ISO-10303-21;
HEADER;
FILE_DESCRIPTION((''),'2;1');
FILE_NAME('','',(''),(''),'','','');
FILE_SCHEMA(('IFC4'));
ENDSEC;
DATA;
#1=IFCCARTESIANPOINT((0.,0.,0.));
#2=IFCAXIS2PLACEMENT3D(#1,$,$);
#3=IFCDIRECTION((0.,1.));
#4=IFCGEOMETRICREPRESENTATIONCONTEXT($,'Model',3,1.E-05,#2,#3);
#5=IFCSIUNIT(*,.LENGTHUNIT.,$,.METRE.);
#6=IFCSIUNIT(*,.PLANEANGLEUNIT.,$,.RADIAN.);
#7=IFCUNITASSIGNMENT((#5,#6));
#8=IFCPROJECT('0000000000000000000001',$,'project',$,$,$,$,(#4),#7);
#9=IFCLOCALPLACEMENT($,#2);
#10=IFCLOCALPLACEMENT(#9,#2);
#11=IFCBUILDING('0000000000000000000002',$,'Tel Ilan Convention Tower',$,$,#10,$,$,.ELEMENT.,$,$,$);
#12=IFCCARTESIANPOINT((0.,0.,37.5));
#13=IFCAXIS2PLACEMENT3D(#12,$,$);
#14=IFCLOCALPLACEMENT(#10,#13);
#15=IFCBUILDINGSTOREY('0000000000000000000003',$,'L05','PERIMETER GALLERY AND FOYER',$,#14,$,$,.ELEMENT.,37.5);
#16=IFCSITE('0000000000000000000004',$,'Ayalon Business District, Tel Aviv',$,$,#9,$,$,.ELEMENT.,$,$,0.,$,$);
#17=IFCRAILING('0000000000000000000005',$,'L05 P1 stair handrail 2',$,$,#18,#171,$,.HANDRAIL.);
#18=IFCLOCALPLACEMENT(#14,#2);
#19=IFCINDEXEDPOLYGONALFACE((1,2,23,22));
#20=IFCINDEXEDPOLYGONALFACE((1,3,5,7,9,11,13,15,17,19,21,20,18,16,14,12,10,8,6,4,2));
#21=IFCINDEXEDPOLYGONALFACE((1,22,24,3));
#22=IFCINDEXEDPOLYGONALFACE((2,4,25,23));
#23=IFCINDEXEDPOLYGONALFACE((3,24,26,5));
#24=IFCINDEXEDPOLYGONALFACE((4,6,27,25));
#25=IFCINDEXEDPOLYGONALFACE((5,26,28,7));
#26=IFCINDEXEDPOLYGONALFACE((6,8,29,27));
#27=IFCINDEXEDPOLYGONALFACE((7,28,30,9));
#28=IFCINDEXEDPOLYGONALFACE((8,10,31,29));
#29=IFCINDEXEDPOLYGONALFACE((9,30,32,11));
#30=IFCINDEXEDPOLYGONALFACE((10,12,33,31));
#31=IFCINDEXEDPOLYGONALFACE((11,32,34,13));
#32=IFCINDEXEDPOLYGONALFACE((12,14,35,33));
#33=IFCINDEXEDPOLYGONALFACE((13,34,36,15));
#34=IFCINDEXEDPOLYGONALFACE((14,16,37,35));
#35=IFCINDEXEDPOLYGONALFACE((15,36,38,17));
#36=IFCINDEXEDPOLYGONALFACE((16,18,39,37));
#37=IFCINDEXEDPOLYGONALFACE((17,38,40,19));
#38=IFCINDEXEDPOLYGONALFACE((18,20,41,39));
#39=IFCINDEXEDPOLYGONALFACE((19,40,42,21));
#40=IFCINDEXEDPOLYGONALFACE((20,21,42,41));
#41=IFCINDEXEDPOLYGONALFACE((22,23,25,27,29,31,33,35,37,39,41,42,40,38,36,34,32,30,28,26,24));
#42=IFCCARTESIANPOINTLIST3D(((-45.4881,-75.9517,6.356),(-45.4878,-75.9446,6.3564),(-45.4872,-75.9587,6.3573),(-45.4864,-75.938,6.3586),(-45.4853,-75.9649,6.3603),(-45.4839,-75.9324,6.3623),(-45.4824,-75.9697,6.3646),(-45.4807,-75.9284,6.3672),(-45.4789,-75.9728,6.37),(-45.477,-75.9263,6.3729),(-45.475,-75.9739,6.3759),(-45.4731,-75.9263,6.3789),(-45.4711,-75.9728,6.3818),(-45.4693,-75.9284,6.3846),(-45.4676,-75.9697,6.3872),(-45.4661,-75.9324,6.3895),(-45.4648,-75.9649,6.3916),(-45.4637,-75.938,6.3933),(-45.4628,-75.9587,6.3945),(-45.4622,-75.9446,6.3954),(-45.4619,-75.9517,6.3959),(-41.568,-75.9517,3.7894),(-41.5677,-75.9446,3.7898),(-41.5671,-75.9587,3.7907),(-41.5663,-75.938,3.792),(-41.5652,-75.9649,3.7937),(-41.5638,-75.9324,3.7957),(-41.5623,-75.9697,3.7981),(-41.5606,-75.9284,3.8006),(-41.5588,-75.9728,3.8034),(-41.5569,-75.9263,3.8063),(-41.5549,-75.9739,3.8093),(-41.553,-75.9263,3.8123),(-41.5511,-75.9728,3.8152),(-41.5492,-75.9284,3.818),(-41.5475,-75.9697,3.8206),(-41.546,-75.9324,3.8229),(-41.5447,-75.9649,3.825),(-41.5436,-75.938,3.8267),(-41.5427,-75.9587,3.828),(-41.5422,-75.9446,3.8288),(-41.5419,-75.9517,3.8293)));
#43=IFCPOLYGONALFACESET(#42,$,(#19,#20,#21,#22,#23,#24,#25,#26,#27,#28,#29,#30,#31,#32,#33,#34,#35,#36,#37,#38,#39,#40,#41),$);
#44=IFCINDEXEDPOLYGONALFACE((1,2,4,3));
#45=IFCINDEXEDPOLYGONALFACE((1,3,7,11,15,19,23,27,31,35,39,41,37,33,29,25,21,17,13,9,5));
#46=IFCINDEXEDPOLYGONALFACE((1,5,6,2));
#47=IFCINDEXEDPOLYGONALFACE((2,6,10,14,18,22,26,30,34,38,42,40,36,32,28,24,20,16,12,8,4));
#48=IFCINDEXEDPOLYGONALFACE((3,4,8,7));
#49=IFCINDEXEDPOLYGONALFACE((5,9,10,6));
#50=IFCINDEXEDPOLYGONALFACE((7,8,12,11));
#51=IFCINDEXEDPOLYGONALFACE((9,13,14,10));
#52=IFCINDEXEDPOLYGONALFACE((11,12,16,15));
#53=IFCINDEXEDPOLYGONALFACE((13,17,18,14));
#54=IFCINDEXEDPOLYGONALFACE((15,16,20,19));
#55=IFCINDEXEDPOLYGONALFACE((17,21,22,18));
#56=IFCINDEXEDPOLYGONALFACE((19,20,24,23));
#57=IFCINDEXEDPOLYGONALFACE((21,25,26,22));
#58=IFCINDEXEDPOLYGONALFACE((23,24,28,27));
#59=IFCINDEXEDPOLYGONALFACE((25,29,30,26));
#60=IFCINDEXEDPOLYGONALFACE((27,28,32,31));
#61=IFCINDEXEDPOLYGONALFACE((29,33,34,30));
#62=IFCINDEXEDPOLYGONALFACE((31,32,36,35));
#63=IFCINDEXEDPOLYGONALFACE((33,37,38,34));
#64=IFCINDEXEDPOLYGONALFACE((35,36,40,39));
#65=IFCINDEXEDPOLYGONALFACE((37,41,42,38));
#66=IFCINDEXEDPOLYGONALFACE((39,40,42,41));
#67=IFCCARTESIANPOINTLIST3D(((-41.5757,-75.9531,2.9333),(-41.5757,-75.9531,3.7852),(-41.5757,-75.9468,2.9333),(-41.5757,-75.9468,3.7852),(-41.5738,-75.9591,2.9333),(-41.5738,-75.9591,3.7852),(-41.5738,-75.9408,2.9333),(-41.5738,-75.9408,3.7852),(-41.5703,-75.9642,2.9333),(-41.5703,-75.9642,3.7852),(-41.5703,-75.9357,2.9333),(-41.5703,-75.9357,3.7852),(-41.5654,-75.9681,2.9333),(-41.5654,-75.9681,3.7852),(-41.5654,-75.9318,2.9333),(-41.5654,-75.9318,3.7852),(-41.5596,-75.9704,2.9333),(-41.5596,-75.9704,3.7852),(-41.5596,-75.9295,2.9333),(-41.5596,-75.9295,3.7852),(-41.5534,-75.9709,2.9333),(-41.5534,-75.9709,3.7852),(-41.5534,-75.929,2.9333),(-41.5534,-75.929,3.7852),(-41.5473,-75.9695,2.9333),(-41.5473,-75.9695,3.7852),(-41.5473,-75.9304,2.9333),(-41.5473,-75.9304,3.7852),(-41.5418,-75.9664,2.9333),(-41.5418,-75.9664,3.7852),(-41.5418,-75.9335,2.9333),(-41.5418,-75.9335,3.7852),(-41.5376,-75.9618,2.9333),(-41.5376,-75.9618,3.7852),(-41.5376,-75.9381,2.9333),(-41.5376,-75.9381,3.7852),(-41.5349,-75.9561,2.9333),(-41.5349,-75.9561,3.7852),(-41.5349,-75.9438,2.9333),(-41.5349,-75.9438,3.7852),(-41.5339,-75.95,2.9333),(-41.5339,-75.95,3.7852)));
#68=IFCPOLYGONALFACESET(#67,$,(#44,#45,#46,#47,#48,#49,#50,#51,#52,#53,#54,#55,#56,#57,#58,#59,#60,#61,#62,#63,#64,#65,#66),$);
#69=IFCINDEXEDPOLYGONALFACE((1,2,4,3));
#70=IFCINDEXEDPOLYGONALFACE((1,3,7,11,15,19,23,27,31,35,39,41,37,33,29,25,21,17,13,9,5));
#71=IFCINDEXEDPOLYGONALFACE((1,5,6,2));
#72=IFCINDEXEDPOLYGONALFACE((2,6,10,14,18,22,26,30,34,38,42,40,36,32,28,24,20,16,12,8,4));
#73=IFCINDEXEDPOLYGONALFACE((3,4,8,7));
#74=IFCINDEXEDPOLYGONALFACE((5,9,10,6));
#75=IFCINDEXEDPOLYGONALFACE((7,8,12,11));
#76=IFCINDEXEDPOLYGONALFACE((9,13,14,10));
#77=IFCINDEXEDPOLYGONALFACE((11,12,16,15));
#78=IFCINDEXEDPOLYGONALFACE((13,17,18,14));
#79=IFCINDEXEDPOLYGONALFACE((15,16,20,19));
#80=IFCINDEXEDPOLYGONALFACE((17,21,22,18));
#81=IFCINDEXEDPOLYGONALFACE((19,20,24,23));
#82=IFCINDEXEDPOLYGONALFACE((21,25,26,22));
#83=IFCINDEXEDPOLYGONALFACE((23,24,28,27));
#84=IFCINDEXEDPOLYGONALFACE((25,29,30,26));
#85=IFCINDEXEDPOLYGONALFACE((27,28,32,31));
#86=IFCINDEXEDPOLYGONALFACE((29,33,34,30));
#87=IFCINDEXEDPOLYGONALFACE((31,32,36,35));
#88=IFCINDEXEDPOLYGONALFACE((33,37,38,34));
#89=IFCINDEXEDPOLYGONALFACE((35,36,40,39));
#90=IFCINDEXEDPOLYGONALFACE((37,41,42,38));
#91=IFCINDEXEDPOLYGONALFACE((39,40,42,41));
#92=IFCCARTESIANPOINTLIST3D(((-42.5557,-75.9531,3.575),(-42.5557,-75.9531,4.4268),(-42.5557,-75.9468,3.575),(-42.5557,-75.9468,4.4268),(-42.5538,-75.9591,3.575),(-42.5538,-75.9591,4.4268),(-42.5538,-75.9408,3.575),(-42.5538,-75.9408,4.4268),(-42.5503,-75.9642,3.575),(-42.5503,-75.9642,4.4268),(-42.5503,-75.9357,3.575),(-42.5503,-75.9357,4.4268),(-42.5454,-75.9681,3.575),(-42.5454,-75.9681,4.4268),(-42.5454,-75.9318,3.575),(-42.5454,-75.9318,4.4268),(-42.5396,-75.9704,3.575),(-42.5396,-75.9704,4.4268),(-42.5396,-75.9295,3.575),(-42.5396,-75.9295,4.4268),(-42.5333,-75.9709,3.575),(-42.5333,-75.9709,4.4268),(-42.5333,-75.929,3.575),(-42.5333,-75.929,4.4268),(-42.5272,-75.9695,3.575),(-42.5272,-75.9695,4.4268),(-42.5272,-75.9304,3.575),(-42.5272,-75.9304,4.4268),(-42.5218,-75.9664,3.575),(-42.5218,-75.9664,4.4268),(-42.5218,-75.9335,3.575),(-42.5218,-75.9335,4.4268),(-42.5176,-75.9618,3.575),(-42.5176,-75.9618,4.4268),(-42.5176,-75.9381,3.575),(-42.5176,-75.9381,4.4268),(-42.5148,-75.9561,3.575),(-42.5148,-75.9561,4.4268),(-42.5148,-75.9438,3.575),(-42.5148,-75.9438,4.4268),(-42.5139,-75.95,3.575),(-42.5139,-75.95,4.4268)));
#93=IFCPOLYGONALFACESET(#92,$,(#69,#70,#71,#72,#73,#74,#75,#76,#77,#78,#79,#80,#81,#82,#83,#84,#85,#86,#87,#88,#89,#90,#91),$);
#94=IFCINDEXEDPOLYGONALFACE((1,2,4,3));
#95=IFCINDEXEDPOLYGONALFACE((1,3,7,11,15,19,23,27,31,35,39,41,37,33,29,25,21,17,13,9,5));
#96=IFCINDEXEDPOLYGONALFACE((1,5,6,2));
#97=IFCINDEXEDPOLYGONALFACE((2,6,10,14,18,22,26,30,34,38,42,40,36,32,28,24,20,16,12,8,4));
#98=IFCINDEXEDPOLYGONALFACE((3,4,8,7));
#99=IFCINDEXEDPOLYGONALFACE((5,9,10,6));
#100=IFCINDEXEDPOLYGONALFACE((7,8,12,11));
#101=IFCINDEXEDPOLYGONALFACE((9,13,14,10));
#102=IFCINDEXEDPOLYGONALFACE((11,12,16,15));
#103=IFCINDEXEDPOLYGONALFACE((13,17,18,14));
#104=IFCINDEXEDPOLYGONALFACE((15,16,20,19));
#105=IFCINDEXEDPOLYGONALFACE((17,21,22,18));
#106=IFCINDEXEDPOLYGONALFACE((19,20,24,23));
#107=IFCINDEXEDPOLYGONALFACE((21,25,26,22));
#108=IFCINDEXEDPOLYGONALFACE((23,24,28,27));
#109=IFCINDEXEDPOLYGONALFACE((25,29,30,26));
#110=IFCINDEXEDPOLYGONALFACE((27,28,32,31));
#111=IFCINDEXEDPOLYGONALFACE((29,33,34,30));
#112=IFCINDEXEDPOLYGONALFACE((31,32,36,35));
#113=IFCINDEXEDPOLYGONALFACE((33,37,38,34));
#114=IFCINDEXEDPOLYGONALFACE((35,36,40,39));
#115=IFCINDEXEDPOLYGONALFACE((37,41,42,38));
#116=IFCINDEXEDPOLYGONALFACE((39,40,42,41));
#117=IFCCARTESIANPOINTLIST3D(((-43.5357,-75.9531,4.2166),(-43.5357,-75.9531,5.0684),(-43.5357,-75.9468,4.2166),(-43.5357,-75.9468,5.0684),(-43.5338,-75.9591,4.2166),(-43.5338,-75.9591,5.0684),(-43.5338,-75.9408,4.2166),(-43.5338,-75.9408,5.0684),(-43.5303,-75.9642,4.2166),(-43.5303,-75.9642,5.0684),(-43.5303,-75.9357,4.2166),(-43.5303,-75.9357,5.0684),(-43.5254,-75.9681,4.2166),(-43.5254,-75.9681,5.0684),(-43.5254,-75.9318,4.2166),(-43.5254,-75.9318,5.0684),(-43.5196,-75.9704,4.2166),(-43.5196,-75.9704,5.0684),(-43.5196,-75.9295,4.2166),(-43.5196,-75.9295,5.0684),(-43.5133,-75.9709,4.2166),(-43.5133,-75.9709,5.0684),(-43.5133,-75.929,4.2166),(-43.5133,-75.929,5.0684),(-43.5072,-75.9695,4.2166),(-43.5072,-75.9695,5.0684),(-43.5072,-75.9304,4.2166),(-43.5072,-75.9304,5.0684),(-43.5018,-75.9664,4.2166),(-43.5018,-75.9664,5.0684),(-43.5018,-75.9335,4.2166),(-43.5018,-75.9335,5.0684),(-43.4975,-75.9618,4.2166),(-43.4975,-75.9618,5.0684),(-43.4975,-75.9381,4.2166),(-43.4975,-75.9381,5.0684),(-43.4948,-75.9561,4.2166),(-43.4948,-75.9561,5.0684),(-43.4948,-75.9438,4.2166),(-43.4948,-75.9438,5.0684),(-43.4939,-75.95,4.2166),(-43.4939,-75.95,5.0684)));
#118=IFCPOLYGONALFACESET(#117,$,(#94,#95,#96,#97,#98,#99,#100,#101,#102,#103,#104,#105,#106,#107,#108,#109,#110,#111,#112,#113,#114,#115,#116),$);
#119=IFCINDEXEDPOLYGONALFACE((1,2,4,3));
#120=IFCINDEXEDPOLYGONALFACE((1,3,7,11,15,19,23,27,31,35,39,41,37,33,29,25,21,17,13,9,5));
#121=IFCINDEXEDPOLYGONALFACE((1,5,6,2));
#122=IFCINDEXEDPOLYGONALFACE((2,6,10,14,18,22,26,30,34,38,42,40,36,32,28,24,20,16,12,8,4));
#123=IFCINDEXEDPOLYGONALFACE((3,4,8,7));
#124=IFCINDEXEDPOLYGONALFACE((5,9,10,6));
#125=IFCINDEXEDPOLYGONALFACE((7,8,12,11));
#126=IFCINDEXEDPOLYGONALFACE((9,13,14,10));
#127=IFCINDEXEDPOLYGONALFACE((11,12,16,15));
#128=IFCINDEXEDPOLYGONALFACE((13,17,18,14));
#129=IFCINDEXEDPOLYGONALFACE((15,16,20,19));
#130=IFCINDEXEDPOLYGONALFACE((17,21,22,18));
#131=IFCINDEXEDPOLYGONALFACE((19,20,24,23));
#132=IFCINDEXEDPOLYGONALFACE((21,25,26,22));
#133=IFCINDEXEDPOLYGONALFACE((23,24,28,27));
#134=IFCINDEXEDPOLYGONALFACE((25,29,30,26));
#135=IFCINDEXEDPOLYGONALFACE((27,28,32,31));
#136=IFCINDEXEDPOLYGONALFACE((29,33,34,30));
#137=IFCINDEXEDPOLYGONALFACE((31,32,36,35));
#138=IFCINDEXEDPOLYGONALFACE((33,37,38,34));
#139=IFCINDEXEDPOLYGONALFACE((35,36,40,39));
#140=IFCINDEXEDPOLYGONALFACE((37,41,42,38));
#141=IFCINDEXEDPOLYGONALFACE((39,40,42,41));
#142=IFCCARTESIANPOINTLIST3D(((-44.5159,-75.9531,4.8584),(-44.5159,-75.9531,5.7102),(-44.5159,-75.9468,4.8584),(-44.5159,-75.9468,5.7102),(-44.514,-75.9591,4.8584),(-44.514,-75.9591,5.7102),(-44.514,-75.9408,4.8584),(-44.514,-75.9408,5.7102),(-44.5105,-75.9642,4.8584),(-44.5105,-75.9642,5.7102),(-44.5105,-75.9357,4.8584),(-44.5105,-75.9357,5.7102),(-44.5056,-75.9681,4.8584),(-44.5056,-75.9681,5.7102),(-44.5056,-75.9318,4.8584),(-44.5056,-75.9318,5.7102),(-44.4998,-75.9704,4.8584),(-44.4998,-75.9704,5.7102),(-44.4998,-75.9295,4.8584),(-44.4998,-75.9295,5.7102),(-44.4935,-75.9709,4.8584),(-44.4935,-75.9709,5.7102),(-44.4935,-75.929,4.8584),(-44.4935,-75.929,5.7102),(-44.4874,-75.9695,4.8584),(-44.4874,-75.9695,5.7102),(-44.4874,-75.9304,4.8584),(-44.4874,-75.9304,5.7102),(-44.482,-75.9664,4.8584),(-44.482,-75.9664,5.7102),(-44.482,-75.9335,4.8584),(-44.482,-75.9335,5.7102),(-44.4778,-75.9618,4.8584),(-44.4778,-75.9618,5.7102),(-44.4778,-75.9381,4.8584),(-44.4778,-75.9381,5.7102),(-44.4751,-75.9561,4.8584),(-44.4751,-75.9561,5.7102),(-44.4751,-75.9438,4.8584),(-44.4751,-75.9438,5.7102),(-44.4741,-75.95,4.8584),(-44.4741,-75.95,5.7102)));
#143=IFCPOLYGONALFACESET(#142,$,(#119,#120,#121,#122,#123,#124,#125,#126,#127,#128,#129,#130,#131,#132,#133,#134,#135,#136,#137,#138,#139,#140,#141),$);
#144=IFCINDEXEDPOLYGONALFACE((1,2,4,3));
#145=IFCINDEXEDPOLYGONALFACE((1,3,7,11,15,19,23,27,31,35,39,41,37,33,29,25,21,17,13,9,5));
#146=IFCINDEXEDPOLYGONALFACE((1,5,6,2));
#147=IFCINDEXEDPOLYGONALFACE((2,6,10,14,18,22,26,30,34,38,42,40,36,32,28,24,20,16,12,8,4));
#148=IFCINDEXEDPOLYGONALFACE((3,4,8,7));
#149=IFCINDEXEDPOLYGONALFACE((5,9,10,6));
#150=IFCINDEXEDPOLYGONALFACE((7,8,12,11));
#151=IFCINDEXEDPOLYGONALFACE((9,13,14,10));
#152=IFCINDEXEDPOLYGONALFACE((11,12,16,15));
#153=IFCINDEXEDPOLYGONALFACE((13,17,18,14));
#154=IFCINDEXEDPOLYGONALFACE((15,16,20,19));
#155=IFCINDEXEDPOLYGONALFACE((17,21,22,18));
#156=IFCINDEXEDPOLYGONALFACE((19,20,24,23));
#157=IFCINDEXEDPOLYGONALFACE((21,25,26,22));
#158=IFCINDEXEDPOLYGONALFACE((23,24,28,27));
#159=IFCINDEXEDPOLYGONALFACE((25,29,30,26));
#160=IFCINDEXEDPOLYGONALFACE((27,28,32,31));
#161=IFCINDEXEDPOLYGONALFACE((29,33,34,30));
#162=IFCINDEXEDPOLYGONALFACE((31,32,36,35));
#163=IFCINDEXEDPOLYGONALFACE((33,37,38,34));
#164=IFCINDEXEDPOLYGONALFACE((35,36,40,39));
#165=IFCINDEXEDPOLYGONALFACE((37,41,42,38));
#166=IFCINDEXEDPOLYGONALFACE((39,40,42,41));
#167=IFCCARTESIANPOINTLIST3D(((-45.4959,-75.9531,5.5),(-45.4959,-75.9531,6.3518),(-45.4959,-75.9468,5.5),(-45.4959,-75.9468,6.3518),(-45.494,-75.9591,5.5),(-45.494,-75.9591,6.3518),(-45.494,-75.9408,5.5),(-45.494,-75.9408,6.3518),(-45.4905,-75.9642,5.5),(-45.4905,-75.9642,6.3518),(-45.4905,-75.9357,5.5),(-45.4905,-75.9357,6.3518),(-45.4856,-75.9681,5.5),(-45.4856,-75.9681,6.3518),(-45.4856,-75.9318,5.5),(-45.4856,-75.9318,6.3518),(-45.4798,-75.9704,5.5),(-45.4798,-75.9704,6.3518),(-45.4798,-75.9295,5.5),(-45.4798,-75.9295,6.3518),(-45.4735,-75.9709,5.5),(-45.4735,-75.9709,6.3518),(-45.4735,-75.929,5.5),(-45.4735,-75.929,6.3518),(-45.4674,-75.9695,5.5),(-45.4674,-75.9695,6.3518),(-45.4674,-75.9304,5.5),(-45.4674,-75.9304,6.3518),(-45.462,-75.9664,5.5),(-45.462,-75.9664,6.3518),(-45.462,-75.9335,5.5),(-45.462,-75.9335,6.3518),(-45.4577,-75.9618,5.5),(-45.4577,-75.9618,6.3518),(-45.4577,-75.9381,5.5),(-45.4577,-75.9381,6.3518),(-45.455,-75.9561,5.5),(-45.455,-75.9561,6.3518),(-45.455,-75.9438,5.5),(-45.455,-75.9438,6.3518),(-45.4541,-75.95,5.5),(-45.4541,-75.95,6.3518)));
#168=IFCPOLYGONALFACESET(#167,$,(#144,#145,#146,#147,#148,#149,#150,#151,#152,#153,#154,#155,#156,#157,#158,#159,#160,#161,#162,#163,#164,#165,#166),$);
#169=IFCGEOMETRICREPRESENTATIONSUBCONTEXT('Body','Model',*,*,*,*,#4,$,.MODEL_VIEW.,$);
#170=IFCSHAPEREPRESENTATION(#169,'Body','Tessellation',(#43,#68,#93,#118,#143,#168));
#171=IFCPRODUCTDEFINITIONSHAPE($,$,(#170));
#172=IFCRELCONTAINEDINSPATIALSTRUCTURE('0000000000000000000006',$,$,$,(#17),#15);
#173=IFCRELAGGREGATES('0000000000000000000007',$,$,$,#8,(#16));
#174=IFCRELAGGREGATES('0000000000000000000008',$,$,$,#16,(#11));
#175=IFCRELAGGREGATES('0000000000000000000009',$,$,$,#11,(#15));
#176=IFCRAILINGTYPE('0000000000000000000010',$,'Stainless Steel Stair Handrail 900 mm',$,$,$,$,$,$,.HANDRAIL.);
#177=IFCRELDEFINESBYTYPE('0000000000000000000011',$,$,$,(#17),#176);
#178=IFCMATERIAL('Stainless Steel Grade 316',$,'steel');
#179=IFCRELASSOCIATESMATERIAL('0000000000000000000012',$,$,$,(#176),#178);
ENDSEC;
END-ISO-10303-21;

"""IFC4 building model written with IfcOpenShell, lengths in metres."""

from ifc_helpers import new_model, si_unit, direction, frame, origin, origin_2d, place, context, subcontext, project, spatial, circle, extrude, material, type_object, element, save


model = new_model("IFC4")

# Units and contexts
model_context = context("Model", 3, precision=1e-05, world=origin(), true_north=direction((0.0, 1.0)))
body_context = subcontext(model_context, "Body", "Model", "MODEL_VIEW")
ifc_project = project(units=[si_unit("LENGTHUNIT", "METRE"), si_unit("PLANEANGLEUNIT", "RADIAN")], contexts=[model_context])

# Site, building, storey
site_placement = place(None, origin())
site = spatial("IfcSite", under=ifc_project, at=site_placement, Name="Ayalon Business District, Tel Aviv", CompositionType="ELEMENT", RefElevation=0.0)
building_placement = place(site_placement, origin())
building = spatial("IfcBuilding", under=site, at=building_placement, Name="Tel Ilan Convention Tower", CompositionType="ELEMENT")
storey_placement = place(building_placement, frame((0.0, 0.0, 37.5)))
storey = spatial("IfcBuildingStorey", under=building, at=storey_placement, Name="L05", Description="PERIMETER GALLERY AND FOYER", CompositionType="ELEMENT", Elevation=37.5)

# Railing
ifc_material_1 = material(Name="Stainless Steel Grade 316", Category="steel")
railing_type_1 = type_object("IfcRailingType", Name="Stainless Steel Stair Handrail 900 mm", PredefinedType="HANDRAIL", material=ifc_material_1)
railing_1_placement = place(storey_placement, frame((-41.5549, -75.95, 2.9333)))
element("IfcRailing", 1, at=railing_1_placement, inside=storey, type_object=railing_type_1, Name="L05 P1 stair handrail 2", PredefinedType="HANDRAIL", context=body_context, shape_type="SweptSolid", body=[
    extrude(circle(Radius=0.0239, at=origin_2d()), frame((0.0, 0.0, 0.876), z_axis=(-0.836631, 0.0, 0.547767), x_axis=(0.0, -1.0, 0.0)), (0.0, 0.0, 1.0), 4.6855),
    extrude(circle(Radius=0.021, at=origin_2d()), origin(), (0.0, 0.0, 1.0), 0.8518),
    extrude(circle(Radius=0.021, at=origin_2d()), frame((-0.98, 0.0, 0.6416)), (0.0, 0.0, 1.0), 0.8518),
    extrude(circle(Radius=0.021, at=origin_2d()), frame((-1.96, 0.0, 1.2832)), (0.0, 0.0, 1.0), 0.8518),
    extrude(circle(Radius=0.021, at=origin_2d()), frame((-2.9402, 0.0, 1.925)), (0.0, 0.0, 1.0), 0.8518),
    extrude(circle(Radius=0.021, at=origin_2d()), frame((-3.9202, 0.0, 2.5667)), (0.0, 0.0, 1.0), 0.8518),
])

save(model, "model.ifc")
